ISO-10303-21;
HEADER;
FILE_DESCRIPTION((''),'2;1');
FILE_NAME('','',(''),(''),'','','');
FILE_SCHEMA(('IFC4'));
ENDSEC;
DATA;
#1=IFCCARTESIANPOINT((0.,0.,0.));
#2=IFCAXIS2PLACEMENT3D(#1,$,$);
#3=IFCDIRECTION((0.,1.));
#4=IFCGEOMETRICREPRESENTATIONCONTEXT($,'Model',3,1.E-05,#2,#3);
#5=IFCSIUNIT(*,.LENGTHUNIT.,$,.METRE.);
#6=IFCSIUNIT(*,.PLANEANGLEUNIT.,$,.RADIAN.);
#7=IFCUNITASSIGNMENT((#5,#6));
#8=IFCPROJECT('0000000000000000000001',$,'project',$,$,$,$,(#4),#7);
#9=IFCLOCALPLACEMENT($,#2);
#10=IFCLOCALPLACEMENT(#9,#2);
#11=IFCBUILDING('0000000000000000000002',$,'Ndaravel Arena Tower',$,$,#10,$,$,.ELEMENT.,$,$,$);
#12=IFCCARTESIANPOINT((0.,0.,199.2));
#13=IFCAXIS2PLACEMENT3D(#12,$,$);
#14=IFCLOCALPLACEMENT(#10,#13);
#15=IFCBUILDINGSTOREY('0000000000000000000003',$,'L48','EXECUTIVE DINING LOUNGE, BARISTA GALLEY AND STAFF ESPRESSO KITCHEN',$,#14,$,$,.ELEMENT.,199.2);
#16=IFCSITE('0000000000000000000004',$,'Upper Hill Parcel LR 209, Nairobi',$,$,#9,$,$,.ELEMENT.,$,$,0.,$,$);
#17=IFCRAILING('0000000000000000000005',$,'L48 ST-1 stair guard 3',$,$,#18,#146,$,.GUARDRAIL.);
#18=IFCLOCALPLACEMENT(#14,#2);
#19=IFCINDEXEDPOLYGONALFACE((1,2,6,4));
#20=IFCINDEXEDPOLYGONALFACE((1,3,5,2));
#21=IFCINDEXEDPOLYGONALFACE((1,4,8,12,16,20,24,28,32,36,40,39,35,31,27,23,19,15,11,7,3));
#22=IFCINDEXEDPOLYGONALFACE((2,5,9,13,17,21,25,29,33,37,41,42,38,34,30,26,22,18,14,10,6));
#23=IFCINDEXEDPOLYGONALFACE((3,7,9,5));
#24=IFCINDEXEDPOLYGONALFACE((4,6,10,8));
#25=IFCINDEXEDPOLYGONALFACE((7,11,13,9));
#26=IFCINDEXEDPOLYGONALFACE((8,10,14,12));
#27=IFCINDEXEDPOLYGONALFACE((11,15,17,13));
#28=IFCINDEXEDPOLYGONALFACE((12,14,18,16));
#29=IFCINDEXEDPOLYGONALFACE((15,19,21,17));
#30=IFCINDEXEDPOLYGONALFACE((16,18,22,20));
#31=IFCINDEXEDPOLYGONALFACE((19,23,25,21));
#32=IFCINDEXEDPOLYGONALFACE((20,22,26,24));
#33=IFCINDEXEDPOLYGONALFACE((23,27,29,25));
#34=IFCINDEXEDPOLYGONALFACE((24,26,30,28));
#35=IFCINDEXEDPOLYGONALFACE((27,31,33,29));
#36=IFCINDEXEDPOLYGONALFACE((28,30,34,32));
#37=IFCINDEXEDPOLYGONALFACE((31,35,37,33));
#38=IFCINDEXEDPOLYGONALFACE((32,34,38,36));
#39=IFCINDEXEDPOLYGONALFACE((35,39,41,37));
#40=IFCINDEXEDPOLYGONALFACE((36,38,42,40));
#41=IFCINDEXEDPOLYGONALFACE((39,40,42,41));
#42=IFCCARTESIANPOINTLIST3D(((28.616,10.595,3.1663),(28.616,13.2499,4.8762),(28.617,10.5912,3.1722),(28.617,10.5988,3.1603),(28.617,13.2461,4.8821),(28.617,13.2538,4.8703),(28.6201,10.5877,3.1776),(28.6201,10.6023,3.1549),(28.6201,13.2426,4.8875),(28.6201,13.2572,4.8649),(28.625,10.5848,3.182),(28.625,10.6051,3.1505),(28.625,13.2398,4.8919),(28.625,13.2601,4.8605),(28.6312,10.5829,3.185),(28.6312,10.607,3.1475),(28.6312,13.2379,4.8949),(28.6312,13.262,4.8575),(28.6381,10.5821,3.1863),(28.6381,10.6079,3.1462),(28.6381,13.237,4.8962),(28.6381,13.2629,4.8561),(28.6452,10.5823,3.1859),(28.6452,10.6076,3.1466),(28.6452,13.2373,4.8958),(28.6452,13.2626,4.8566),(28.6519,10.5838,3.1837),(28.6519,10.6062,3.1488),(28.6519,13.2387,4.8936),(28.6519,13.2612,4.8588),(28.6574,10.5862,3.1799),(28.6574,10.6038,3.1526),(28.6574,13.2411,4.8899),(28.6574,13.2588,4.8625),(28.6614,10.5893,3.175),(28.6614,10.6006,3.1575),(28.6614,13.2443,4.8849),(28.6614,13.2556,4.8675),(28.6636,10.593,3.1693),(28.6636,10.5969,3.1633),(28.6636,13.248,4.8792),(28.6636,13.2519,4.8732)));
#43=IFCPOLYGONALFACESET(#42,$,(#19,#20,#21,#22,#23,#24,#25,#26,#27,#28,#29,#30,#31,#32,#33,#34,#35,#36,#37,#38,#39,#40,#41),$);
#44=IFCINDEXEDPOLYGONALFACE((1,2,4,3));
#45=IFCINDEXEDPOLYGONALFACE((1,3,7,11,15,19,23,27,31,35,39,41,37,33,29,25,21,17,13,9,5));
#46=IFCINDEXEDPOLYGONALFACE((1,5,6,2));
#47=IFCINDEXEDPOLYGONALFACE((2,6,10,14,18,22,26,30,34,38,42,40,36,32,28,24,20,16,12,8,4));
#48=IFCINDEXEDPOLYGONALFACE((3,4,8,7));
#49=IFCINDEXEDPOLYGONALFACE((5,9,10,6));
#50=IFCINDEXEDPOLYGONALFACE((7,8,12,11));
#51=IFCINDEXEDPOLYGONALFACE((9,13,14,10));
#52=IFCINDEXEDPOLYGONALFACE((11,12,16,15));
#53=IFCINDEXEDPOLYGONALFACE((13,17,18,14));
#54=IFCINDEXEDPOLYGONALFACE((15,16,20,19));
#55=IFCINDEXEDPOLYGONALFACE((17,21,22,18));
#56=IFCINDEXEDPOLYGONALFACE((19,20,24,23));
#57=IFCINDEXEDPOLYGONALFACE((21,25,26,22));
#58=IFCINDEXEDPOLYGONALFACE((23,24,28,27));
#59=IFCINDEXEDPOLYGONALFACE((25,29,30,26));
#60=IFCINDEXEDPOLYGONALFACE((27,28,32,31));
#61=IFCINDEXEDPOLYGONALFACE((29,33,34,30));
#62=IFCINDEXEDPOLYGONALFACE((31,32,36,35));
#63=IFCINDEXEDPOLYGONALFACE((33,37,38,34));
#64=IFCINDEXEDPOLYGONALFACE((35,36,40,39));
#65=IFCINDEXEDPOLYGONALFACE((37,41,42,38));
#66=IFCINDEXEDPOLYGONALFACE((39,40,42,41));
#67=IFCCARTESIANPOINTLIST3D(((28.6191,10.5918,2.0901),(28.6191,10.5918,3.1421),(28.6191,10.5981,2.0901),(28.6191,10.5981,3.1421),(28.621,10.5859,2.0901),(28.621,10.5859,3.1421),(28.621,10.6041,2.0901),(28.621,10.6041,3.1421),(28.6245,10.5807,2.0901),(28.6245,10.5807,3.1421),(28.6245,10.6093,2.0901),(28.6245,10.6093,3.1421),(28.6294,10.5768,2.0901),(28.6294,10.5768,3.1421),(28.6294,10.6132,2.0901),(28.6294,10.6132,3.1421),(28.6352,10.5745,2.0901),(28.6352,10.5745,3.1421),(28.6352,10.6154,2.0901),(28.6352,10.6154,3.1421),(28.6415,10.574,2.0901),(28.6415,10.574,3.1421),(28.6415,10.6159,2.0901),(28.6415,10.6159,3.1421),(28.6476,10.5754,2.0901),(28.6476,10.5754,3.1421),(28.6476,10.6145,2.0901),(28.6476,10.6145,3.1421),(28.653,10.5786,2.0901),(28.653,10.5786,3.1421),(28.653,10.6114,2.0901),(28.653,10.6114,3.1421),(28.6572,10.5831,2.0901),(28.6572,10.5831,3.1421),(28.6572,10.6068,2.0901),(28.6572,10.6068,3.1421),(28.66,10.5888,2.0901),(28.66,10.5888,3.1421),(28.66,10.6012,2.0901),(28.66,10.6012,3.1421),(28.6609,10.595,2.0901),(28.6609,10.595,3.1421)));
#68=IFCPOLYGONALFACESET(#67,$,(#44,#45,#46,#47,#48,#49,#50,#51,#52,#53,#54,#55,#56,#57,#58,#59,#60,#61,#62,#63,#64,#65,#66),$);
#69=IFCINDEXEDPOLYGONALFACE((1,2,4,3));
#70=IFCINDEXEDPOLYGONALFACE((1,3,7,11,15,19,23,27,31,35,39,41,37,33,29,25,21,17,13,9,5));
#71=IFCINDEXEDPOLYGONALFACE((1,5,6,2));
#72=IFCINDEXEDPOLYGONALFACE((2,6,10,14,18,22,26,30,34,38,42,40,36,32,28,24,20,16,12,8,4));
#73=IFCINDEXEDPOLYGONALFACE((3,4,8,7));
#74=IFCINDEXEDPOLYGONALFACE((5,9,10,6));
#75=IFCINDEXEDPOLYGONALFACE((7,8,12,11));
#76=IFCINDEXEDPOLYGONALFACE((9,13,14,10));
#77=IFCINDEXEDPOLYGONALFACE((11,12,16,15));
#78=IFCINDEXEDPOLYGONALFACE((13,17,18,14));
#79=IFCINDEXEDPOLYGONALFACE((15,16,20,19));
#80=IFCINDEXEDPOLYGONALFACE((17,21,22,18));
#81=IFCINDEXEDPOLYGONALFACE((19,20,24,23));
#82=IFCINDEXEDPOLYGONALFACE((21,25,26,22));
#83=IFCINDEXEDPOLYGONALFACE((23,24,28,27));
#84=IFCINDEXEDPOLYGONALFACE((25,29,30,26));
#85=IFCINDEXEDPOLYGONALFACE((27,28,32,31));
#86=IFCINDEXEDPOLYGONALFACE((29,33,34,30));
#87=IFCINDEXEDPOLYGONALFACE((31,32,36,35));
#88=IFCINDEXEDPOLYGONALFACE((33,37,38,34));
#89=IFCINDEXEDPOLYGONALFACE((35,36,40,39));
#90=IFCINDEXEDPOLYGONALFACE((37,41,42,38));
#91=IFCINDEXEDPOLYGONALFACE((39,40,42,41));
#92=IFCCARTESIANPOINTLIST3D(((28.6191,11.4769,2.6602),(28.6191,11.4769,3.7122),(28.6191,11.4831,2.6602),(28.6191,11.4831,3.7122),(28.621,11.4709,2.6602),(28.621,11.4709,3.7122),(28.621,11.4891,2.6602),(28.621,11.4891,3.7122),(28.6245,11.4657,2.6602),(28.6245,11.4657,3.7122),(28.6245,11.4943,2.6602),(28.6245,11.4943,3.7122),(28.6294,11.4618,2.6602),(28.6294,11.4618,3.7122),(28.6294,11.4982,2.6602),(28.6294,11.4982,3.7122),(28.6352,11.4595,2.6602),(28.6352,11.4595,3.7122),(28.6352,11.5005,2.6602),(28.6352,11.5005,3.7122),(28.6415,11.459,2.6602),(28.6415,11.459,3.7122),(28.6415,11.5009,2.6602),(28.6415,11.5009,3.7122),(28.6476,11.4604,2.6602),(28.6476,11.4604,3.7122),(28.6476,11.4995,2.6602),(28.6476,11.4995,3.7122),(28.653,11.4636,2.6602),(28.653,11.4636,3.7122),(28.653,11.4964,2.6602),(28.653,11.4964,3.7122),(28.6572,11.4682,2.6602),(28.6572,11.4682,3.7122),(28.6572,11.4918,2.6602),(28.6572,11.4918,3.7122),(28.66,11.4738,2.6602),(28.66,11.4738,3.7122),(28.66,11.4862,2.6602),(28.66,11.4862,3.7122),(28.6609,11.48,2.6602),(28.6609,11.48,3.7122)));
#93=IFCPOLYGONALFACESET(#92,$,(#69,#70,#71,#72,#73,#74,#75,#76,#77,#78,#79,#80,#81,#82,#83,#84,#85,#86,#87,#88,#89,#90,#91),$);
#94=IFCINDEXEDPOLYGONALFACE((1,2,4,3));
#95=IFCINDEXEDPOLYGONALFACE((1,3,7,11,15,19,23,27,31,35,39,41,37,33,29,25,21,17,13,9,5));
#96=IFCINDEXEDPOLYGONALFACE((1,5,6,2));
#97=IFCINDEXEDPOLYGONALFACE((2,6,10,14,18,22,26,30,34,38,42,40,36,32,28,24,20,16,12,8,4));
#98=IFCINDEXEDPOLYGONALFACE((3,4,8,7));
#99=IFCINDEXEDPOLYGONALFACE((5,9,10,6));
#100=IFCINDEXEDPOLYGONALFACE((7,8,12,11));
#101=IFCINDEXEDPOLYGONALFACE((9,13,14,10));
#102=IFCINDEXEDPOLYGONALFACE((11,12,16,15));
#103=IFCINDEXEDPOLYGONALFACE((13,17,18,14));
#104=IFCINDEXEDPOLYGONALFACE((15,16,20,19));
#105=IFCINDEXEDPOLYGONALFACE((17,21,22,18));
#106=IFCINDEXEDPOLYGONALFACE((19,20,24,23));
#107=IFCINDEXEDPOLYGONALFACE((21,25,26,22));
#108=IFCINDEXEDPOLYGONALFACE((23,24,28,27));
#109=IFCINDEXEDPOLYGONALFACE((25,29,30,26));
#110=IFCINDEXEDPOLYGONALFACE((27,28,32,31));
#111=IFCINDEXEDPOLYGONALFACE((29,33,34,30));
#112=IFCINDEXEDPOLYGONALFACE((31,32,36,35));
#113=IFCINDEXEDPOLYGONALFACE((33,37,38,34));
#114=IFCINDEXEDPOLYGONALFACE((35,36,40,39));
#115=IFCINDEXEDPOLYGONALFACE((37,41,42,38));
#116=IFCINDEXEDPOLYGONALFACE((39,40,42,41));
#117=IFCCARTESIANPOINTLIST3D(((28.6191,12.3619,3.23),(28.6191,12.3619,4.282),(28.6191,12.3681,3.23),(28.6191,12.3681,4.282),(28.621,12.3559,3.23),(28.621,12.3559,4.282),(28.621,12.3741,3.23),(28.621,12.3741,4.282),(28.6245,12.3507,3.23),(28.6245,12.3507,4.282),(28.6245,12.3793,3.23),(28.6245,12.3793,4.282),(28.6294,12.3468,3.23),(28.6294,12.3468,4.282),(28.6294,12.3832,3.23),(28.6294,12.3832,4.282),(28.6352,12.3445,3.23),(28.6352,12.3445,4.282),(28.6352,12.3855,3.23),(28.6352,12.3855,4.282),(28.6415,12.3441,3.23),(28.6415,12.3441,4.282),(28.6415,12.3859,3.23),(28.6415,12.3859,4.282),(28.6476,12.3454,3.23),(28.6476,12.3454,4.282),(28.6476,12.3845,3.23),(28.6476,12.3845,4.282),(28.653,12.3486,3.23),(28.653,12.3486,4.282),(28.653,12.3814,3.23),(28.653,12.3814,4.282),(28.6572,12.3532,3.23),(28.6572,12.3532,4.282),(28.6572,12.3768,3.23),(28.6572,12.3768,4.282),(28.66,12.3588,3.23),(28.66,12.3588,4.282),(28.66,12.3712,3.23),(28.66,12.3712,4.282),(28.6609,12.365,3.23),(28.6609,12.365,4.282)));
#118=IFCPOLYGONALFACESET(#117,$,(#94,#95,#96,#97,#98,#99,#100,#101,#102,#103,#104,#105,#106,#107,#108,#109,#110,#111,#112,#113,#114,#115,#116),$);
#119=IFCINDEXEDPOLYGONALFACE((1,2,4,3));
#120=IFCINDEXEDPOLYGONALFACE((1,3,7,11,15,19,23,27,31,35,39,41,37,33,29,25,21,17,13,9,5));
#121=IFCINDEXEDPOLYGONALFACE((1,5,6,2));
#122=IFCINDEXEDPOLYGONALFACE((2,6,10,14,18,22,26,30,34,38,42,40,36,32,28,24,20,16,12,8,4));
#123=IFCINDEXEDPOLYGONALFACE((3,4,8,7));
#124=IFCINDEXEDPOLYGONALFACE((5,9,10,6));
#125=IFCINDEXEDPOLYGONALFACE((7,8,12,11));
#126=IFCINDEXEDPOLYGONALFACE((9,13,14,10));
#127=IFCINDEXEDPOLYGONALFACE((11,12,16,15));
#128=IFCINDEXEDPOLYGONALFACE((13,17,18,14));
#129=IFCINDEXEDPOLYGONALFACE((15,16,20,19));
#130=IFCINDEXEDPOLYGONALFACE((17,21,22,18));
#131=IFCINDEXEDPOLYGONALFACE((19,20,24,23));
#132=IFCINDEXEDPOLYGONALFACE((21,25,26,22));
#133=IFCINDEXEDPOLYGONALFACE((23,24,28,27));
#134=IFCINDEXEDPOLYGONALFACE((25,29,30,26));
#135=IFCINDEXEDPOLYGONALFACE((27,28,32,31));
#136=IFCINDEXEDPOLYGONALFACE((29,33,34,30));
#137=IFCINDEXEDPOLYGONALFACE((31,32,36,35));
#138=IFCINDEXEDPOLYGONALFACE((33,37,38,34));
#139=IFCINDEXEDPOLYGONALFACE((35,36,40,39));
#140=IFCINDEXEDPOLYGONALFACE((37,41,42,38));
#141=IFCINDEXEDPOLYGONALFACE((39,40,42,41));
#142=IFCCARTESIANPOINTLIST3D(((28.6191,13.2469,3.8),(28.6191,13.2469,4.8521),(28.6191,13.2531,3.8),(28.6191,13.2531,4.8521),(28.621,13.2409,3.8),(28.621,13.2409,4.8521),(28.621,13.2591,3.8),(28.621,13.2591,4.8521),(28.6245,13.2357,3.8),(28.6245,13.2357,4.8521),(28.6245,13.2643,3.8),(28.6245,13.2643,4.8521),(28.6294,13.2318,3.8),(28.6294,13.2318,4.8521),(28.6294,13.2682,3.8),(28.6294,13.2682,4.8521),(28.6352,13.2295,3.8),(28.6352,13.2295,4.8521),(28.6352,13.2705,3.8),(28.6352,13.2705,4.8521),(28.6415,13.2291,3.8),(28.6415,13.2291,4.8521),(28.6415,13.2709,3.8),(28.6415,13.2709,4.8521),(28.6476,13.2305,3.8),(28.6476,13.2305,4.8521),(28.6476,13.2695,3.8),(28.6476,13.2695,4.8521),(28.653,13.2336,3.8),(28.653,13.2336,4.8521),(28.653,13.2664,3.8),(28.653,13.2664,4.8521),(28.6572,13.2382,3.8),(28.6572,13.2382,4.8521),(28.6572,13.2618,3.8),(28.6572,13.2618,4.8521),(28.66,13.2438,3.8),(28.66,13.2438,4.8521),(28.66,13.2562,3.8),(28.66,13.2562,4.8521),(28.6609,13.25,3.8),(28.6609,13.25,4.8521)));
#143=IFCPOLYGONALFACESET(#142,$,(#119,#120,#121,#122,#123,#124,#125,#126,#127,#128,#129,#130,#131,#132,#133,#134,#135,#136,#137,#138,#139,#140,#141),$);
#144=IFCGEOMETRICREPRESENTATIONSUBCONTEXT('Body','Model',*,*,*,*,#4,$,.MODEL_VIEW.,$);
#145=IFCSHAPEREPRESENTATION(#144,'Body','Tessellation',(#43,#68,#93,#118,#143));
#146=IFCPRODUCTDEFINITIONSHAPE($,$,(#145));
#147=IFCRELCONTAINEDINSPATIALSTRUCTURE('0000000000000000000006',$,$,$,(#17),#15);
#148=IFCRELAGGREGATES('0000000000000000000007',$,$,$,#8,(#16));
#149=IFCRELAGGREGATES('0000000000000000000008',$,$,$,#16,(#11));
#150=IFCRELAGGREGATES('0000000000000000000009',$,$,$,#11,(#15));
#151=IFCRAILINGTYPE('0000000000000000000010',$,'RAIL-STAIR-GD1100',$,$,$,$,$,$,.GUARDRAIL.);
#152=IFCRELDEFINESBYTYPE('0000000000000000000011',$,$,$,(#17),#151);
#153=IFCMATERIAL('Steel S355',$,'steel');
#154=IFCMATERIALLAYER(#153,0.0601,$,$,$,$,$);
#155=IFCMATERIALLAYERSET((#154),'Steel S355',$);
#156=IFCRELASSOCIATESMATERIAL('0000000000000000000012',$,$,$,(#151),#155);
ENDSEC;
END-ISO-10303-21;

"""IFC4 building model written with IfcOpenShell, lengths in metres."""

from ifc_helpers import new_model, si_unit, direction, frame, origin, origin_2d, place, context, subcontext, project, spatial, circle, extrude, material, layer, layer_set, type_object, element, save


model = new_model("IFC4")

# Units and contexts
model_context = context("Model", 3, precision=1e-05, world=origin(), true_north=direction((0.0, 1.0)))
body_context = subcontext(model_context, "Body", "Model", "MODEL_VIEW")
ifc_project = project(units=[si_unit("LENGTHUNIT", "METRE"), si_unit("PLANEANGLEUNIT", "RADIAN")], contexts=[model_context])

# Site, building, storey
site_placement = place(None, origin())
site = spatial("IfcSite", under=ifc_project, at=site_placement, Name="Upper Hill Parcel LR 209, Nairobi", CompositionType="ELEMENT", RefElevation=0.0)
building_placement = place(site_placement, origin())
building = spatial("IfcBuilding", under=site, at=building_placement, Name="Ndaravel Arena Tower", CompositionType="ELEMENT")
storey_placement = place(building_placement, frame((0.0, 0.0, 199.2)))
storey = spatial("IfcBuildingStorey", under=building, at=storey_placement, Name="L48", Description="EXECUTIVE DINING LOUNGE, BARISTA GALLEY AND STAFF ESPRESSO KITCHEN", CompositionType="ELEMENT", Elevation=199.2)

# Railing
ifc_material_1 = material(Name="Steel S355", Category="steel")
ifc_layer_1 = layer(ifc_material_1, 0.0601)
ifc_layer_set_1 = layer_set([ifc_layer_1], Name="Steel S355")
railing_type_1 = type_object("IfcRailingType", Name="RAIL-STAIR-GD1100", PredefinedType="GUARDRAIL", material=ifc_layer_set_1)
railing_1_placement = place(storey_placement, frame((28.6399, 10.595, 2.0901)))
element("IfcRailing", 1, at=railing_1_placement, inside=storey, type_object=railing_type_1, Name="L48 ST-1 stair guard 3", PredefinedType="GUARDRAIL", context=body_context, shape_type="SweptSolid", body=[
    extrude(circle(Radius=0.0239, at=origin_2d()), frame((0.0, 0.0, 1.0762), z_axis=(0.0, 0.840724, 0.541465), x_axis=(-1.0, 0.0, 0.0)), (0.0, 0.0, 1.0), 3.158),
    extrude(circle(Radius=0.021, at=origin_2d()), origin(), (0.0, 0.0, 1.0), 1.052),
    extrude(circle(Radius=0.021, at=origin_2d()), frame((0.0, 0.885, 0.5701)), (0.0, 0.0, 1.0), 1.052),
    extrude(circle(Radius=0.021, at=origin_2d()), frame((0.0, 1.77, 1.1399)), (0.0, 0.0, 1.0), 1.052),
    extrude(circle(Radius=0.021, at=origin_2d()), frame((0.0, 2.655, 1.71)), (0.0, 0.0, 1.0), 1.052),
])

save(model, "model.ifc")
